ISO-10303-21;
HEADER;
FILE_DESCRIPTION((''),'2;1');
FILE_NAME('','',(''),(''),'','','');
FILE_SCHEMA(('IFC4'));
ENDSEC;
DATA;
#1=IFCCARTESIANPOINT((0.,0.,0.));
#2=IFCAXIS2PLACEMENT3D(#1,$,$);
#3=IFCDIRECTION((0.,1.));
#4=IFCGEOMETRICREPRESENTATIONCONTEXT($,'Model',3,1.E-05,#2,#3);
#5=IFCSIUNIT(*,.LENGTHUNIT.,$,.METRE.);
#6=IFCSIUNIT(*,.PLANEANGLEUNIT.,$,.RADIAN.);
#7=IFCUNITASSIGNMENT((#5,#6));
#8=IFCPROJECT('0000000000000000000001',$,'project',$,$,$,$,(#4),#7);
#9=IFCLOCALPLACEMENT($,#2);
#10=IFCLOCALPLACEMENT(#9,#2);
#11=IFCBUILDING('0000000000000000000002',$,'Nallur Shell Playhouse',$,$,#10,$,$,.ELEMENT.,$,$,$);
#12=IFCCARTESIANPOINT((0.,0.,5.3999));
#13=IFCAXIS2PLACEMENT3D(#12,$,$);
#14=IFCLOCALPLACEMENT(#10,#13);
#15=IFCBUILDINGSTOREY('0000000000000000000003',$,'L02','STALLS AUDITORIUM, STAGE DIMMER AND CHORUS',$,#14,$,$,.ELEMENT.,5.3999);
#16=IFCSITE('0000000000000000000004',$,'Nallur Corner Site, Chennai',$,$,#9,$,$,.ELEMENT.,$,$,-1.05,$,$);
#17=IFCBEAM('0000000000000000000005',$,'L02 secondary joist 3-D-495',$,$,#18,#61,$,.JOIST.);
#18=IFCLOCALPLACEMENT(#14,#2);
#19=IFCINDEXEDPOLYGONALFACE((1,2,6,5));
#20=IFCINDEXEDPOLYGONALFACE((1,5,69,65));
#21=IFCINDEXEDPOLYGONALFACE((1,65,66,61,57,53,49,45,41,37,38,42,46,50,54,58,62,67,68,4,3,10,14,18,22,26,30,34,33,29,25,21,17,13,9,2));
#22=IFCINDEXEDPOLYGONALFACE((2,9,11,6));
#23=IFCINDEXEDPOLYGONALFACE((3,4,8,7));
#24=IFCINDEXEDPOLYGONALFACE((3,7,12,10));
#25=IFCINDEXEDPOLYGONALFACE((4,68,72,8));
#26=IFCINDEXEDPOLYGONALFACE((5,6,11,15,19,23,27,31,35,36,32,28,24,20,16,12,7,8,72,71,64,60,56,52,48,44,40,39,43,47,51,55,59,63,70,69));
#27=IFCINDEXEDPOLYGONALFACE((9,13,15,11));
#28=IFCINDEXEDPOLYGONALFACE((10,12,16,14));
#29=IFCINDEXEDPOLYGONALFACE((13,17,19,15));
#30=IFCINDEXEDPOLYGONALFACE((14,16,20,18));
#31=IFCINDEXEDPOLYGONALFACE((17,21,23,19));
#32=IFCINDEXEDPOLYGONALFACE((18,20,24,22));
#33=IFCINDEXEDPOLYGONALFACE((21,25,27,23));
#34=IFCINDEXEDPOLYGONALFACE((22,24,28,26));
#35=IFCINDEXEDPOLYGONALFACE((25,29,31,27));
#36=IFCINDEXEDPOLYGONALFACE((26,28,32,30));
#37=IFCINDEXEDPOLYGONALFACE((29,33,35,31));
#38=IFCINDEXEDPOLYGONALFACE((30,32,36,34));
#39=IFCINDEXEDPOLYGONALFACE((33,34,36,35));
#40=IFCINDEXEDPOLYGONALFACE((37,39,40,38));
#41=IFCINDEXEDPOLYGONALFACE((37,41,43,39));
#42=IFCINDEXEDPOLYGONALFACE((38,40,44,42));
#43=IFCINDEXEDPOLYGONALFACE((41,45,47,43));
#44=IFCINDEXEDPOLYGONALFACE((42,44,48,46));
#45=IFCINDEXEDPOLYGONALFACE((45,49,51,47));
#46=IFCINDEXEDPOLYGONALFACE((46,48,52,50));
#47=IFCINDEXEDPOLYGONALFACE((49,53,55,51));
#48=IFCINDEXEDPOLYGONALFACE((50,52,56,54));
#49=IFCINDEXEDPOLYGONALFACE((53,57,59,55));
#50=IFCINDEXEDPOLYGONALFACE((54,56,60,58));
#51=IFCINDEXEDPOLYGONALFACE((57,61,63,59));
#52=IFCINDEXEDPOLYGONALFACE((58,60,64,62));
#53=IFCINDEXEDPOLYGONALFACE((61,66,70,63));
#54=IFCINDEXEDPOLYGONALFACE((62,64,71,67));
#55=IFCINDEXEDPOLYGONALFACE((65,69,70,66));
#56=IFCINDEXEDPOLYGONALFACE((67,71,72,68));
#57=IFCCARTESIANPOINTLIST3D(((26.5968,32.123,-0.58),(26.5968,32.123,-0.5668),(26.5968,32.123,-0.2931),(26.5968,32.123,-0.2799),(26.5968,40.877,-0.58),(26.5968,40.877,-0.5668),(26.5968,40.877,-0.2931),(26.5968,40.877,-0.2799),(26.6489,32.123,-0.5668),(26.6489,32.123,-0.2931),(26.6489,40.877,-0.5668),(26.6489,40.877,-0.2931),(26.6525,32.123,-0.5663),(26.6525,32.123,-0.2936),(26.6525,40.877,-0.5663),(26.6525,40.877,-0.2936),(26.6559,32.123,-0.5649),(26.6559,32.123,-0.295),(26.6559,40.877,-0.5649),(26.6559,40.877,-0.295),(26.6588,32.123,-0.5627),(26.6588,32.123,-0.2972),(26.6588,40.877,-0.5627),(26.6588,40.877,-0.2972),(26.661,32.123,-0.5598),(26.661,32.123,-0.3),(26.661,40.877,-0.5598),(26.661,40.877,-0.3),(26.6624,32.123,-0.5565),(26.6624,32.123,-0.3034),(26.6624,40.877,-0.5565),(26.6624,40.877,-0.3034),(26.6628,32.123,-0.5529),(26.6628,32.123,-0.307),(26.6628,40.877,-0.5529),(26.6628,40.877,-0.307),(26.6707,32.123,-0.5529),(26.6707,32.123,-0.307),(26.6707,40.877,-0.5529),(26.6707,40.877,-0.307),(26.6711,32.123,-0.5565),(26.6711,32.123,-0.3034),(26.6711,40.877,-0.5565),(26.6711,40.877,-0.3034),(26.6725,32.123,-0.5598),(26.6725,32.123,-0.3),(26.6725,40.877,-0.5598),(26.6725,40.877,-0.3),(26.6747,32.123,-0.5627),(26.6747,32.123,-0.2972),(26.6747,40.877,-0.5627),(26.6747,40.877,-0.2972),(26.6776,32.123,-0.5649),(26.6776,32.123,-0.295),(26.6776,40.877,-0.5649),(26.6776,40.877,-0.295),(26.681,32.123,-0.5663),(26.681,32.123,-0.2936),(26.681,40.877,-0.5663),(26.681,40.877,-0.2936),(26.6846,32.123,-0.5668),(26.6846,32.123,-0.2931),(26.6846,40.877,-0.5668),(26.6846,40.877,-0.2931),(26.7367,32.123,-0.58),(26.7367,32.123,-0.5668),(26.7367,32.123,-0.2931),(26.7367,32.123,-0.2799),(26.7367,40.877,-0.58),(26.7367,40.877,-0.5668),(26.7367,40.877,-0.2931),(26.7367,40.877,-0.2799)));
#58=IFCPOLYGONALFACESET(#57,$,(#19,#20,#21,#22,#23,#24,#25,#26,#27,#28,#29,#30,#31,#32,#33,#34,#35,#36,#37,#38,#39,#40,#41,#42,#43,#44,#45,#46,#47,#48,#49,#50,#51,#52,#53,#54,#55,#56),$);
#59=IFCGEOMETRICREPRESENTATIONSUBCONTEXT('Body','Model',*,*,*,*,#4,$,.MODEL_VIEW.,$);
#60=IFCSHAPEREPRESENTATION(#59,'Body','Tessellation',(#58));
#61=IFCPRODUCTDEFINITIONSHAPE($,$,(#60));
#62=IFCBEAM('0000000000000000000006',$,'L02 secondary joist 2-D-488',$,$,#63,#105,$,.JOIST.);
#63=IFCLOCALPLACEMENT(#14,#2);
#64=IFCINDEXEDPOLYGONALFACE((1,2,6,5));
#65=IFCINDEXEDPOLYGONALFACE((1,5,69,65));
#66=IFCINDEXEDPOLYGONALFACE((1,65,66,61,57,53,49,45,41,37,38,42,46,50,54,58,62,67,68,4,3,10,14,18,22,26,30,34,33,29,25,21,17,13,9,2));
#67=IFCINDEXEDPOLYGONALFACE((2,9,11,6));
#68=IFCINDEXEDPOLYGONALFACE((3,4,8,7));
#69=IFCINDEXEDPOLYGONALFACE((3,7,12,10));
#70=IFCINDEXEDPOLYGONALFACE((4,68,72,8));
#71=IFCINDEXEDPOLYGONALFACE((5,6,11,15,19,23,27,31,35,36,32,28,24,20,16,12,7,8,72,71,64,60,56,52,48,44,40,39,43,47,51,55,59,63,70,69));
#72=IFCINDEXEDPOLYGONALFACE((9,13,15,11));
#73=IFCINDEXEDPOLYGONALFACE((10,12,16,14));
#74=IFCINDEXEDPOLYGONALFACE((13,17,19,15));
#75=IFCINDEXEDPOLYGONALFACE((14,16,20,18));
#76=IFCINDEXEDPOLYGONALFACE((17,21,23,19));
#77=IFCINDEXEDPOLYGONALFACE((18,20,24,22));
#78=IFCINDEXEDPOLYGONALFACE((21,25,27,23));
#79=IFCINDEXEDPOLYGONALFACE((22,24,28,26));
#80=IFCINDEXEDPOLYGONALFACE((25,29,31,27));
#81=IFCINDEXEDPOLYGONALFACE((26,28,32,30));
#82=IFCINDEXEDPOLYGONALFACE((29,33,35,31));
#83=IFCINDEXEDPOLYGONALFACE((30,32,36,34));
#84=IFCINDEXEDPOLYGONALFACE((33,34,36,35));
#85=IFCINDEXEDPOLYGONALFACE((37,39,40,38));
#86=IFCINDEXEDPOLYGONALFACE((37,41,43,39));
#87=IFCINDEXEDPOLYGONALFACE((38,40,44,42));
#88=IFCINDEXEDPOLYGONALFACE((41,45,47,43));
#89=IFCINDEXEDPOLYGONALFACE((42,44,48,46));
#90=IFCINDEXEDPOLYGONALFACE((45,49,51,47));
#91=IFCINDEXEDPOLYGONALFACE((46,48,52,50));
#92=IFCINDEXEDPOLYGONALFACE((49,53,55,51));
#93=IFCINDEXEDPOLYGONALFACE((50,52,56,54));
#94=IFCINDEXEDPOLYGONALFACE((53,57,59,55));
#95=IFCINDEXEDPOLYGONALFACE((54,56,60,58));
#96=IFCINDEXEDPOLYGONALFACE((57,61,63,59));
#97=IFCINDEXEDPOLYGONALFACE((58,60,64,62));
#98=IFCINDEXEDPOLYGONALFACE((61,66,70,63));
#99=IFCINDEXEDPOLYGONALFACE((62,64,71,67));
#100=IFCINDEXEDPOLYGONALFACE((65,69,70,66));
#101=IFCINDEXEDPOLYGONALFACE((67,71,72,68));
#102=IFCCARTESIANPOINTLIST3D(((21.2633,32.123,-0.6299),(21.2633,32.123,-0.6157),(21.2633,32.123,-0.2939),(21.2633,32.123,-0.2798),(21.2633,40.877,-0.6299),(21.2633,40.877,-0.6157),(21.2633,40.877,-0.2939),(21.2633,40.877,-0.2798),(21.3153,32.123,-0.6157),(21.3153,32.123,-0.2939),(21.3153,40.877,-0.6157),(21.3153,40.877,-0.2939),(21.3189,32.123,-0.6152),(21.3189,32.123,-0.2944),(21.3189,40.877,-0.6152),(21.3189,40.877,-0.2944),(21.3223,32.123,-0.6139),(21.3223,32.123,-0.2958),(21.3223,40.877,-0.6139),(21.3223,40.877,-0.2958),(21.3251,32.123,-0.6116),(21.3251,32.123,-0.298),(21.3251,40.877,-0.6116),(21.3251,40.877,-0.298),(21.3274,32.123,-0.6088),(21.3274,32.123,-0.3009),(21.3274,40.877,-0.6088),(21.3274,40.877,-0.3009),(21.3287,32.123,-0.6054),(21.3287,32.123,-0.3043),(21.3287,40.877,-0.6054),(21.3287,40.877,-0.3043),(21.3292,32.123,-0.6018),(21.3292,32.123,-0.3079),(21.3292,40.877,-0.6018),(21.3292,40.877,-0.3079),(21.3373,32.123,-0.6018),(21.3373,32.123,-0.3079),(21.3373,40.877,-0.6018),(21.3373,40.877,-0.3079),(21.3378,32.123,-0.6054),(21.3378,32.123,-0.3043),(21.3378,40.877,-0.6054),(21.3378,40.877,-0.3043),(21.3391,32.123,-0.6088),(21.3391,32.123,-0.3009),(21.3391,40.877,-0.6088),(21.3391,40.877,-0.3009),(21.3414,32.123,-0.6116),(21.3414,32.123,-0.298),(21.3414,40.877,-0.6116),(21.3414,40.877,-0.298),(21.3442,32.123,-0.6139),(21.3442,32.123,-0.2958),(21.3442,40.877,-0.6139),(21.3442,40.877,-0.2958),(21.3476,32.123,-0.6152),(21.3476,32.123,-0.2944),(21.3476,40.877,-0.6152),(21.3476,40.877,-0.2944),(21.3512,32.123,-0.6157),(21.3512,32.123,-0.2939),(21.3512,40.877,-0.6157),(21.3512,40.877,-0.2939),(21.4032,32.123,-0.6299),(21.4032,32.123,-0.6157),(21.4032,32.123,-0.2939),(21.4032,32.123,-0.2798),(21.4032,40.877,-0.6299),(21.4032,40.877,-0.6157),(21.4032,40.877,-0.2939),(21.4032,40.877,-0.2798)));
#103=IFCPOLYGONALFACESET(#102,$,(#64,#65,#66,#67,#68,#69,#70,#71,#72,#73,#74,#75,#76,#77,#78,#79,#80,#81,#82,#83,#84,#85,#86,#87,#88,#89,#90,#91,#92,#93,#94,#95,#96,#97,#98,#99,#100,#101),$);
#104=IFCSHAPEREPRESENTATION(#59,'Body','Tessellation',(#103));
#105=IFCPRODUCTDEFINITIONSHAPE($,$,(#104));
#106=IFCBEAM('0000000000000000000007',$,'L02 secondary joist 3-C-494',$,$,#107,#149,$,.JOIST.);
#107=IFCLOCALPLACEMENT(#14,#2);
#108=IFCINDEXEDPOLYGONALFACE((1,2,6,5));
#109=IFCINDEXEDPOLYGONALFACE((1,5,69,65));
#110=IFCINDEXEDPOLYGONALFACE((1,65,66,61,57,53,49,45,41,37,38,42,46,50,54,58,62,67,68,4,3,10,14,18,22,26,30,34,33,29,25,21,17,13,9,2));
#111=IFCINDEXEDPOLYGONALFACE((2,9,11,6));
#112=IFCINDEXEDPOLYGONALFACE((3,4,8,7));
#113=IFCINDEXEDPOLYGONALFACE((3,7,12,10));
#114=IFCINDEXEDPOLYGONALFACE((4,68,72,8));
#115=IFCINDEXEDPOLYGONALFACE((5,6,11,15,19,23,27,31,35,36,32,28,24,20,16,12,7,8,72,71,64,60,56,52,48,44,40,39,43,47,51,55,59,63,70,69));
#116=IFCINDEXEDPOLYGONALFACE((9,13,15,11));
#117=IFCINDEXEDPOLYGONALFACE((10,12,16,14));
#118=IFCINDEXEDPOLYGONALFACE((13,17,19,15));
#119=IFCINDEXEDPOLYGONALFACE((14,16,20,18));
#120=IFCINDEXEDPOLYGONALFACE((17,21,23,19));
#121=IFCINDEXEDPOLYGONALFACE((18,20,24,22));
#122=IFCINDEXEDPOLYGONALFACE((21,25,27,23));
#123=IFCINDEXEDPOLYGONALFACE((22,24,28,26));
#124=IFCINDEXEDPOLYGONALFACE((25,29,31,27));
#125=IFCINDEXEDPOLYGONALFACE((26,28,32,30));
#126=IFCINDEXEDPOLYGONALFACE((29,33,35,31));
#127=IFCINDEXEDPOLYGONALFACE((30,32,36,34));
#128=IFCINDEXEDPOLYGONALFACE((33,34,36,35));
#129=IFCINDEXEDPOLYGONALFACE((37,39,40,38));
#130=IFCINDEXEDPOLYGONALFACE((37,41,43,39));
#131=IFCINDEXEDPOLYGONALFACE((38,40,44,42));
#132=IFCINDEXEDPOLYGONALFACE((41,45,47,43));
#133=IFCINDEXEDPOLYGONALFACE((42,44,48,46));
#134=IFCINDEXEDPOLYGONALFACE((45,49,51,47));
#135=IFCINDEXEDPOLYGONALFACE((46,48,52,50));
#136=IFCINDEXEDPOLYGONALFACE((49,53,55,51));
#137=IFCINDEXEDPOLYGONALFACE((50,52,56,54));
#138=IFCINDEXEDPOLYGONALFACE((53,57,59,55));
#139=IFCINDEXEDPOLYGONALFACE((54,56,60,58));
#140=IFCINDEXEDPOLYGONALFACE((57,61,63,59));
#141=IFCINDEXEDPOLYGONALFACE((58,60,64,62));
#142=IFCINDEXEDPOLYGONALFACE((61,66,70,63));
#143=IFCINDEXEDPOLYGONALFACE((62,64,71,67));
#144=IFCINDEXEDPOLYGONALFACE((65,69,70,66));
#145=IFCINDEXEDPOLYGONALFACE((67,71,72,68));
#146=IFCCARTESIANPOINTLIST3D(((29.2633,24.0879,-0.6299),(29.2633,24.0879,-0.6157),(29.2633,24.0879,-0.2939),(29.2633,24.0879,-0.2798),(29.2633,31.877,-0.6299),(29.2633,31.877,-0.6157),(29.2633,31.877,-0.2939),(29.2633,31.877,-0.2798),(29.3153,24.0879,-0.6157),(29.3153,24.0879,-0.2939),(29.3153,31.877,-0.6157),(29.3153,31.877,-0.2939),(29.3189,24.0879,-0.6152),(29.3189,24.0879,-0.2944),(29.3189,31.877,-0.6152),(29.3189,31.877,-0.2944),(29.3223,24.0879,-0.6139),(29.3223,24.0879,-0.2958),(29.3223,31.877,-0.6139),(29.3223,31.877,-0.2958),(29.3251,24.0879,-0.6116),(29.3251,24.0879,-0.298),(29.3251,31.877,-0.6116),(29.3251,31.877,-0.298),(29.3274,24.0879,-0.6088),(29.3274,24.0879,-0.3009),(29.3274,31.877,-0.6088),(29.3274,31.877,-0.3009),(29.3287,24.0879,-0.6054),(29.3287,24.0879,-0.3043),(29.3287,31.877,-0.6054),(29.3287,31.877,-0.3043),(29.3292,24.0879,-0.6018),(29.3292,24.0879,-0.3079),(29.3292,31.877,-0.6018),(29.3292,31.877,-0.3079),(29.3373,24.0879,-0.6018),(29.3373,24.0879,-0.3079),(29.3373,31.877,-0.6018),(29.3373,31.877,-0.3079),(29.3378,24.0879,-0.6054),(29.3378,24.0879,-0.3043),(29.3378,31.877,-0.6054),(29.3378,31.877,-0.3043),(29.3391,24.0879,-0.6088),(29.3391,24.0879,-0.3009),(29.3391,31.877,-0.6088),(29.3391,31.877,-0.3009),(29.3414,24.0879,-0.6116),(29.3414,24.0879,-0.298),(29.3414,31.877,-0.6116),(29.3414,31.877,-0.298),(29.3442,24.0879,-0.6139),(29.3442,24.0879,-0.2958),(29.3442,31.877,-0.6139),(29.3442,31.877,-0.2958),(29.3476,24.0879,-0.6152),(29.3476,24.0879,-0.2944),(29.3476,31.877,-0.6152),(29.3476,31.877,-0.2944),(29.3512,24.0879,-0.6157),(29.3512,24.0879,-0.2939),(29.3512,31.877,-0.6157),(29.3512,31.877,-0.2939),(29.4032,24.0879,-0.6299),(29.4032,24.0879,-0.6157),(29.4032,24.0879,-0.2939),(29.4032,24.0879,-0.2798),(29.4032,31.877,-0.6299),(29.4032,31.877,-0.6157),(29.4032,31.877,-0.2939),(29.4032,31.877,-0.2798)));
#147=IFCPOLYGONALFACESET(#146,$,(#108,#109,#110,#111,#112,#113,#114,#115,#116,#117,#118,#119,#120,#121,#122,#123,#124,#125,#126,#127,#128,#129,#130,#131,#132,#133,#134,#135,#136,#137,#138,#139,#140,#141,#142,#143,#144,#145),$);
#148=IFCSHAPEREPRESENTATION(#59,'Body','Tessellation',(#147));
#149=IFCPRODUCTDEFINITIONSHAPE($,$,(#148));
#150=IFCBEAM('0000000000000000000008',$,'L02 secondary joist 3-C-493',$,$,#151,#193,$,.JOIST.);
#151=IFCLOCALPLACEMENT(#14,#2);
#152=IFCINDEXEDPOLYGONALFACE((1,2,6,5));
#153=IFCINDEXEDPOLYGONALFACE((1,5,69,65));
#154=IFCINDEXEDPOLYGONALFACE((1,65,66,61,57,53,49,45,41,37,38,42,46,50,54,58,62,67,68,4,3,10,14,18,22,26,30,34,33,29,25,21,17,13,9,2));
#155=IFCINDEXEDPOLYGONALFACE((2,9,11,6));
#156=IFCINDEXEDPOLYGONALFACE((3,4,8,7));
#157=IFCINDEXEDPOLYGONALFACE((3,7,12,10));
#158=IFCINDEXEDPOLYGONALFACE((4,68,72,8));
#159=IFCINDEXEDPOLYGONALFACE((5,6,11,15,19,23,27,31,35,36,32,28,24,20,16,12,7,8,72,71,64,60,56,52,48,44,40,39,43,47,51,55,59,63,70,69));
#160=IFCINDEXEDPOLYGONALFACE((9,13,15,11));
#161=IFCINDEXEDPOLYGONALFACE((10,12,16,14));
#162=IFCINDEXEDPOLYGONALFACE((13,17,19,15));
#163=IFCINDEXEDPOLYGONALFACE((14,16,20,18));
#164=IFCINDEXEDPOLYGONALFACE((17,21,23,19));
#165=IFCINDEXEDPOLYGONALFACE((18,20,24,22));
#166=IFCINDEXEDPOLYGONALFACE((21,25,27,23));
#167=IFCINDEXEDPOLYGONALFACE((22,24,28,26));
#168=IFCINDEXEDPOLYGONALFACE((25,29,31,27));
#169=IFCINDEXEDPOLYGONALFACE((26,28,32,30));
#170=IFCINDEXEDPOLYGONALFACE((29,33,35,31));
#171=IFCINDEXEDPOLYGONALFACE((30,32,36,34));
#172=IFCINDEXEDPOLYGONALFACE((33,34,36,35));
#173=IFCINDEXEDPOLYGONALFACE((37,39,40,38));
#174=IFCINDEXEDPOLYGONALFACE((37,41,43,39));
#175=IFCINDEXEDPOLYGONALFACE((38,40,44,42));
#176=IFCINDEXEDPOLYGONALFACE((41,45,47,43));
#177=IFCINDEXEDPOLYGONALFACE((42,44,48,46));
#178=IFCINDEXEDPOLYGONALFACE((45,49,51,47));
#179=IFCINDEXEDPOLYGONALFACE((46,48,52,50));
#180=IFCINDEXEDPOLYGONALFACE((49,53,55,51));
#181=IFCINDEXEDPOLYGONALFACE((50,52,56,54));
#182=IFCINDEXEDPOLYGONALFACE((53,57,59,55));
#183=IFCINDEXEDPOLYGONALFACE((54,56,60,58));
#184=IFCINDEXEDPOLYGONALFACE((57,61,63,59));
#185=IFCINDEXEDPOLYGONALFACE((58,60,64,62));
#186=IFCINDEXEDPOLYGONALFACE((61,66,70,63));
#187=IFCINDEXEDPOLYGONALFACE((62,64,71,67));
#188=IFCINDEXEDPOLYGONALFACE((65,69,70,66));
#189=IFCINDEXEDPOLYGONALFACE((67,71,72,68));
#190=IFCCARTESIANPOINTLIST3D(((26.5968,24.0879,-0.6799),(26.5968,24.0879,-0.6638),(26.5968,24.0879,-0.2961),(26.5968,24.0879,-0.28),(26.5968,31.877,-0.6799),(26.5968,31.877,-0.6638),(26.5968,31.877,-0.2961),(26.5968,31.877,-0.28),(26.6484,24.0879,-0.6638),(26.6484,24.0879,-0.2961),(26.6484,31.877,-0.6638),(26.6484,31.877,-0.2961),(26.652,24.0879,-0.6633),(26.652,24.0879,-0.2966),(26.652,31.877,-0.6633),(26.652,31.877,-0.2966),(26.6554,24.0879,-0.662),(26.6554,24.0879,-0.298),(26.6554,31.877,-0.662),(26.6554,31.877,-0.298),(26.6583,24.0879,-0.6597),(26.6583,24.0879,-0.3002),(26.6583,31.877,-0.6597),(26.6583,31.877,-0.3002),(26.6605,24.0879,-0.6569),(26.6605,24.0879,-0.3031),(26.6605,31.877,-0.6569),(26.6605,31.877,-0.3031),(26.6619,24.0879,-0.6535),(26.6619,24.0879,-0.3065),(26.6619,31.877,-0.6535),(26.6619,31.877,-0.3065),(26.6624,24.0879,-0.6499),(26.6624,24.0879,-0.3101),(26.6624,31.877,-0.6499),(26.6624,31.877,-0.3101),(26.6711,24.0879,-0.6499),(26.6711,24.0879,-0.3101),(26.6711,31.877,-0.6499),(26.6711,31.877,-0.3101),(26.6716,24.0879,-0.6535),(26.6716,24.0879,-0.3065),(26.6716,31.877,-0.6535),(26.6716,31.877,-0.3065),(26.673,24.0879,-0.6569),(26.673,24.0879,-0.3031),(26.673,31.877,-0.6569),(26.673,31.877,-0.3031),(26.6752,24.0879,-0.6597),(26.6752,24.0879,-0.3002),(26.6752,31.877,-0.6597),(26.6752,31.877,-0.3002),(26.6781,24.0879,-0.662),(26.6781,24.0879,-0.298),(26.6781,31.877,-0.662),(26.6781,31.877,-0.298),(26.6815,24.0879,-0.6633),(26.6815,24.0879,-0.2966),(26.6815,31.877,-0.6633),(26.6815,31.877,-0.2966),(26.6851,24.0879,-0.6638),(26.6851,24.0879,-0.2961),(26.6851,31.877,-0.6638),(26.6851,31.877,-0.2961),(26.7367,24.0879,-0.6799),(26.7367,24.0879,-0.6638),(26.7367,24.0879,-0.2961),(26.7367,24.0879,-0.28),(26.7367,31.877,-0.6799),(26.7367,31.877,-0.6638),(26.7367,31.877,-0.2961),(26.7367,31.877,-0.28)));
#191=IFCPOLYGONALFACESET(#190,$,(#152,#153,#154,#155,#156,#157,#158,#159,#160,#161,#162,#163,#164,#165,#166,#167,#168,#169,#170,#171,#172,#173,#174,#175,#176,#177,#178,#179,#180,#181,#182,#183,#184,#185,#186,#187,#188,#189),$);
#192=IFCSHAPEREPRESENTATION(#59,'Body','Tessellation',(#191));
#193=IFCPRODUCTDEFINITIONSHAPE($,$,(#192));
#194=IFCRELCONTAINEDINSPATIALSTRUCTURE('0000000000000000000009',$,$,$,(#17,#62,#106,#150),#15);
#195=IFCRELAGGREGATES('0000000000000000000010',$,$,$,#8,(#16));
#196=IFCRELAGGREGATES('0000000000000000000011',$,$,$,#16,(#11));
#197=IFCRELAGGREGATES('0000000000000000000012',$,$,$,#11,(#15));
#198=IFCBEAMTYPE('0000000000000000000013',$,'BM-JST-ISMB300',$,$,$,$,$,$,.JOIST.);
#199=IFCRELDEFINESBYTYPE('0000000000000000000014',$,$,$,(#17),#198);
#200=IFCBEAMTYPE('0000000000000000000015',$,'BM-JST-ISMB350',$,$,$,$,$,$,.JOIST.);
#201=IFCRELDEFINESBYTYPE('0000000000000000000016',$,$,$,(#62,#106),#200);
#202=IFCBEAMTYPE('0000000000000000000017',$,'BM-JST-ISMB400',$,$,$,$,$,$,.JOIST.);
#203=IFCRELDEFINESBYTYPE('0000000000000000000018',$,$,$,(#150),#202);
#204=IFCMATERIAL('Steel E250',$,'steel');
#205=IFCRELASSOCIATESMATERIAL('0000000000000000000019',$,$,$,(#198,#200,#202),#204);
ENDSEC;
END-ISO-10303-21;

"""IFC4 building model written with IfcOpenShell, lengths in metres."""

from ifc_helpers import new_model, si_unit, direction, frame, origin, origin_2d, place, context, subcontext, project, spatial, i_section, extrude, material, material_profile, profile_set, type_object, element, save


model = new_model("IFC4")

# Units and contexts
model_context = context("Model", 3, precision=1e-05, world=origin(), true_north=direction((0.0, 1.0)))
body_context = subcontext(model_context, "Body", "Model", "MODEL_VIEW")
ifc_project = project(units=[si_unit("LENGTHUNIT", "METRE"), si_unit("PLANEANGLEUNIT", "RADIAN")], contexts=[model_context])

# Site, building, storey
site_placement = place(None, origin())
site = spatial("IfcSite", under=ifc_project, at=site_placement, Name="Nallur Corner Site, Chennai", CompositionType="ELEMENT", RefElevation=-1.05)
building_placement = place(site_placement, origin())
building = spatial("IfcBuilding", under=site, at=building_placement, Name="Nallur Shell Playhouse", CompositionType="ELEMENT")
storey_placement = place(building_placement, frame((0.0, 0.0, 5.3999)))
storey = spatial("IfcBuildingStorey", under=building, at=storey_placement, Name="L02", Description="STALLS AUDITORIUM, STAGE DIMMER AND CHORUS", CompositionType="ELEMENT", Elevation=5.3999)

# Beams
ifc_material_1 = material(Name="Steel E250", Category="steel")
ifc_material_profile_1 = material_profile(ifc_material_1, i_section(OverallWidth=0.1399, OverallDepth=0.3, WebThickness=0.0078, FlangeThickness=0.0132, FilletRadius=0.0139, at=origin_2d()), Name="ISMB 300")
ifc_profile_set_1 = profile_set([ifc_material_profile_1], Name="Steel E250")
beam_type_1 = type_object("IfcBeamType", Name="BM-JST-ISMB300", PredefinedType="JOIST", material=ifc_profile_set_1)
beam_1_placement = place(storey_placement, frame((26.6667, 32.123, -0.4299), z_axis=(0.0, 1.0, 0.0), x_axis=(-1.0, 0.0, 0.0)))
element("IfcBeam", 1, at=beam_1_placement, inside=storey, type_object=beam_type_1, Name="L02 secondary joist 3-D-495", PredefinedType="JOIST", context=body_context, shape_type="SweptSolid", body=[
    extrude(i_section(OverallWidth=0.1399, OverallDepth=0.3, WebThickness=0.0078, FlangeThickness=0.0132, FilletRadius=0.0139, at=origin_2d()), origin(), (0.0, 0.0, 1.0), 8.7539),
])
ifc_material_profile_2 = material_profile(ifc_material_1, i_section(OverallWidth=0.1399, OverallDepth=0.3501, WebThickness=0.0081, FlangeThickness=0.0142, FilletRadius=0.0139, at=origin_2d()), Name="ISMB 350")
ifc_profile_set_2 = profile_set([ifc_material_profile_2], Name="Steel E250")
beam_type_2 = type_object("IfcBeamType", Name="BM-JST-ISMB350", PredefinedType="JOIST", material=ifc_profile_set_2)
beam_2_placement = place(storey_placement, frame((21.3333, 32.123, -0.4548), z_axis=(0.0, 1.0, 0.0), x_axis=(-1.0, 0.0, 0.0)))
element("IfcBeam", 2, at=beam_2_placement, inside=storey, type_object=beam_type_2, Name="L02 secondary joist 2-D-488", PredefinedType="JOIST", context=body_context, shape_type="SweptSolid", body=[
    extrude(i_section(OverallWidth=0.1399, OverallDepth=0.3501, WebThickness=0.0081, FlangeThickness=0.0142, FilletRadius=0.0139, at=origin_2d()), origin(), (0.0, 0.0, 1.0), 8.7539),
])
beam_3_placement = place(storey_placement, frame((29.3333, 24.0879, -0.4548), z_axis=(0.0, 1.0, 0.0), x_axis=(-1.0, 0.0, 0.0)))
element("IfcBeam", 3, at=beam_3_placement, inside=storey, type_object=beam_type_2, Name="L02 secondary joist 3-C-494", PredefinedType="JOIST", context=body_context, shape_type="SweptSolid", body=[
    extrude(i_section(OverallWidth=0.1399, OverallDepth=0.3501, WebThickness=0.0081, FlangeThickness=0.0142, FilletRadius=0.0139, at=origin_2d()), origin(), (0.0, 0.0, 1.0), 7.7891),
])
ifc_material_profile_3 = material_profile(ifc_material_1, i_section(OverallWidth=0.1399, OverallDepth=0.3999, WebThickness=0.0088, FlangeThickness=0.0161, FilletRadius=0.0139, at=origin_2d()), Name="ISMB 400")
ifc_profile_set_3 = profile_set([ifc_material_profile_3], Name="Steel E250")
beam_type_3 = type_object("IfcBeamType", Name="BM-JST-ISMB400", PredefinedType="JOIST", material=ifc_profile_set_3)
beam_4_placement = place(storey_placement, frame((26.6667, 24.0879, -0.48), z_axis=(0.0, 1.0, 0.0), x_axis=(-1.0, 0.0, 0.0)))
element("IfcBeam", 4, at=beam_4_placement, inside=storey, type_object=beam_type_3, Name="L02 secondary joist 3-C-493", PredefinedType="JOIST", context=body_context, shape_type="SweptSolid", body=[
    extrude(i_section(OverallWidth=0.1399, OverallDepth=0.3999, WebThickness=0.0088, FlangeThickness=0.0161, FilletRadius=0.0139, at=origin_2d()), origin(), (0.0, 0.0, 1.0), 7.7891),
])

save(model, "model.ifc")
